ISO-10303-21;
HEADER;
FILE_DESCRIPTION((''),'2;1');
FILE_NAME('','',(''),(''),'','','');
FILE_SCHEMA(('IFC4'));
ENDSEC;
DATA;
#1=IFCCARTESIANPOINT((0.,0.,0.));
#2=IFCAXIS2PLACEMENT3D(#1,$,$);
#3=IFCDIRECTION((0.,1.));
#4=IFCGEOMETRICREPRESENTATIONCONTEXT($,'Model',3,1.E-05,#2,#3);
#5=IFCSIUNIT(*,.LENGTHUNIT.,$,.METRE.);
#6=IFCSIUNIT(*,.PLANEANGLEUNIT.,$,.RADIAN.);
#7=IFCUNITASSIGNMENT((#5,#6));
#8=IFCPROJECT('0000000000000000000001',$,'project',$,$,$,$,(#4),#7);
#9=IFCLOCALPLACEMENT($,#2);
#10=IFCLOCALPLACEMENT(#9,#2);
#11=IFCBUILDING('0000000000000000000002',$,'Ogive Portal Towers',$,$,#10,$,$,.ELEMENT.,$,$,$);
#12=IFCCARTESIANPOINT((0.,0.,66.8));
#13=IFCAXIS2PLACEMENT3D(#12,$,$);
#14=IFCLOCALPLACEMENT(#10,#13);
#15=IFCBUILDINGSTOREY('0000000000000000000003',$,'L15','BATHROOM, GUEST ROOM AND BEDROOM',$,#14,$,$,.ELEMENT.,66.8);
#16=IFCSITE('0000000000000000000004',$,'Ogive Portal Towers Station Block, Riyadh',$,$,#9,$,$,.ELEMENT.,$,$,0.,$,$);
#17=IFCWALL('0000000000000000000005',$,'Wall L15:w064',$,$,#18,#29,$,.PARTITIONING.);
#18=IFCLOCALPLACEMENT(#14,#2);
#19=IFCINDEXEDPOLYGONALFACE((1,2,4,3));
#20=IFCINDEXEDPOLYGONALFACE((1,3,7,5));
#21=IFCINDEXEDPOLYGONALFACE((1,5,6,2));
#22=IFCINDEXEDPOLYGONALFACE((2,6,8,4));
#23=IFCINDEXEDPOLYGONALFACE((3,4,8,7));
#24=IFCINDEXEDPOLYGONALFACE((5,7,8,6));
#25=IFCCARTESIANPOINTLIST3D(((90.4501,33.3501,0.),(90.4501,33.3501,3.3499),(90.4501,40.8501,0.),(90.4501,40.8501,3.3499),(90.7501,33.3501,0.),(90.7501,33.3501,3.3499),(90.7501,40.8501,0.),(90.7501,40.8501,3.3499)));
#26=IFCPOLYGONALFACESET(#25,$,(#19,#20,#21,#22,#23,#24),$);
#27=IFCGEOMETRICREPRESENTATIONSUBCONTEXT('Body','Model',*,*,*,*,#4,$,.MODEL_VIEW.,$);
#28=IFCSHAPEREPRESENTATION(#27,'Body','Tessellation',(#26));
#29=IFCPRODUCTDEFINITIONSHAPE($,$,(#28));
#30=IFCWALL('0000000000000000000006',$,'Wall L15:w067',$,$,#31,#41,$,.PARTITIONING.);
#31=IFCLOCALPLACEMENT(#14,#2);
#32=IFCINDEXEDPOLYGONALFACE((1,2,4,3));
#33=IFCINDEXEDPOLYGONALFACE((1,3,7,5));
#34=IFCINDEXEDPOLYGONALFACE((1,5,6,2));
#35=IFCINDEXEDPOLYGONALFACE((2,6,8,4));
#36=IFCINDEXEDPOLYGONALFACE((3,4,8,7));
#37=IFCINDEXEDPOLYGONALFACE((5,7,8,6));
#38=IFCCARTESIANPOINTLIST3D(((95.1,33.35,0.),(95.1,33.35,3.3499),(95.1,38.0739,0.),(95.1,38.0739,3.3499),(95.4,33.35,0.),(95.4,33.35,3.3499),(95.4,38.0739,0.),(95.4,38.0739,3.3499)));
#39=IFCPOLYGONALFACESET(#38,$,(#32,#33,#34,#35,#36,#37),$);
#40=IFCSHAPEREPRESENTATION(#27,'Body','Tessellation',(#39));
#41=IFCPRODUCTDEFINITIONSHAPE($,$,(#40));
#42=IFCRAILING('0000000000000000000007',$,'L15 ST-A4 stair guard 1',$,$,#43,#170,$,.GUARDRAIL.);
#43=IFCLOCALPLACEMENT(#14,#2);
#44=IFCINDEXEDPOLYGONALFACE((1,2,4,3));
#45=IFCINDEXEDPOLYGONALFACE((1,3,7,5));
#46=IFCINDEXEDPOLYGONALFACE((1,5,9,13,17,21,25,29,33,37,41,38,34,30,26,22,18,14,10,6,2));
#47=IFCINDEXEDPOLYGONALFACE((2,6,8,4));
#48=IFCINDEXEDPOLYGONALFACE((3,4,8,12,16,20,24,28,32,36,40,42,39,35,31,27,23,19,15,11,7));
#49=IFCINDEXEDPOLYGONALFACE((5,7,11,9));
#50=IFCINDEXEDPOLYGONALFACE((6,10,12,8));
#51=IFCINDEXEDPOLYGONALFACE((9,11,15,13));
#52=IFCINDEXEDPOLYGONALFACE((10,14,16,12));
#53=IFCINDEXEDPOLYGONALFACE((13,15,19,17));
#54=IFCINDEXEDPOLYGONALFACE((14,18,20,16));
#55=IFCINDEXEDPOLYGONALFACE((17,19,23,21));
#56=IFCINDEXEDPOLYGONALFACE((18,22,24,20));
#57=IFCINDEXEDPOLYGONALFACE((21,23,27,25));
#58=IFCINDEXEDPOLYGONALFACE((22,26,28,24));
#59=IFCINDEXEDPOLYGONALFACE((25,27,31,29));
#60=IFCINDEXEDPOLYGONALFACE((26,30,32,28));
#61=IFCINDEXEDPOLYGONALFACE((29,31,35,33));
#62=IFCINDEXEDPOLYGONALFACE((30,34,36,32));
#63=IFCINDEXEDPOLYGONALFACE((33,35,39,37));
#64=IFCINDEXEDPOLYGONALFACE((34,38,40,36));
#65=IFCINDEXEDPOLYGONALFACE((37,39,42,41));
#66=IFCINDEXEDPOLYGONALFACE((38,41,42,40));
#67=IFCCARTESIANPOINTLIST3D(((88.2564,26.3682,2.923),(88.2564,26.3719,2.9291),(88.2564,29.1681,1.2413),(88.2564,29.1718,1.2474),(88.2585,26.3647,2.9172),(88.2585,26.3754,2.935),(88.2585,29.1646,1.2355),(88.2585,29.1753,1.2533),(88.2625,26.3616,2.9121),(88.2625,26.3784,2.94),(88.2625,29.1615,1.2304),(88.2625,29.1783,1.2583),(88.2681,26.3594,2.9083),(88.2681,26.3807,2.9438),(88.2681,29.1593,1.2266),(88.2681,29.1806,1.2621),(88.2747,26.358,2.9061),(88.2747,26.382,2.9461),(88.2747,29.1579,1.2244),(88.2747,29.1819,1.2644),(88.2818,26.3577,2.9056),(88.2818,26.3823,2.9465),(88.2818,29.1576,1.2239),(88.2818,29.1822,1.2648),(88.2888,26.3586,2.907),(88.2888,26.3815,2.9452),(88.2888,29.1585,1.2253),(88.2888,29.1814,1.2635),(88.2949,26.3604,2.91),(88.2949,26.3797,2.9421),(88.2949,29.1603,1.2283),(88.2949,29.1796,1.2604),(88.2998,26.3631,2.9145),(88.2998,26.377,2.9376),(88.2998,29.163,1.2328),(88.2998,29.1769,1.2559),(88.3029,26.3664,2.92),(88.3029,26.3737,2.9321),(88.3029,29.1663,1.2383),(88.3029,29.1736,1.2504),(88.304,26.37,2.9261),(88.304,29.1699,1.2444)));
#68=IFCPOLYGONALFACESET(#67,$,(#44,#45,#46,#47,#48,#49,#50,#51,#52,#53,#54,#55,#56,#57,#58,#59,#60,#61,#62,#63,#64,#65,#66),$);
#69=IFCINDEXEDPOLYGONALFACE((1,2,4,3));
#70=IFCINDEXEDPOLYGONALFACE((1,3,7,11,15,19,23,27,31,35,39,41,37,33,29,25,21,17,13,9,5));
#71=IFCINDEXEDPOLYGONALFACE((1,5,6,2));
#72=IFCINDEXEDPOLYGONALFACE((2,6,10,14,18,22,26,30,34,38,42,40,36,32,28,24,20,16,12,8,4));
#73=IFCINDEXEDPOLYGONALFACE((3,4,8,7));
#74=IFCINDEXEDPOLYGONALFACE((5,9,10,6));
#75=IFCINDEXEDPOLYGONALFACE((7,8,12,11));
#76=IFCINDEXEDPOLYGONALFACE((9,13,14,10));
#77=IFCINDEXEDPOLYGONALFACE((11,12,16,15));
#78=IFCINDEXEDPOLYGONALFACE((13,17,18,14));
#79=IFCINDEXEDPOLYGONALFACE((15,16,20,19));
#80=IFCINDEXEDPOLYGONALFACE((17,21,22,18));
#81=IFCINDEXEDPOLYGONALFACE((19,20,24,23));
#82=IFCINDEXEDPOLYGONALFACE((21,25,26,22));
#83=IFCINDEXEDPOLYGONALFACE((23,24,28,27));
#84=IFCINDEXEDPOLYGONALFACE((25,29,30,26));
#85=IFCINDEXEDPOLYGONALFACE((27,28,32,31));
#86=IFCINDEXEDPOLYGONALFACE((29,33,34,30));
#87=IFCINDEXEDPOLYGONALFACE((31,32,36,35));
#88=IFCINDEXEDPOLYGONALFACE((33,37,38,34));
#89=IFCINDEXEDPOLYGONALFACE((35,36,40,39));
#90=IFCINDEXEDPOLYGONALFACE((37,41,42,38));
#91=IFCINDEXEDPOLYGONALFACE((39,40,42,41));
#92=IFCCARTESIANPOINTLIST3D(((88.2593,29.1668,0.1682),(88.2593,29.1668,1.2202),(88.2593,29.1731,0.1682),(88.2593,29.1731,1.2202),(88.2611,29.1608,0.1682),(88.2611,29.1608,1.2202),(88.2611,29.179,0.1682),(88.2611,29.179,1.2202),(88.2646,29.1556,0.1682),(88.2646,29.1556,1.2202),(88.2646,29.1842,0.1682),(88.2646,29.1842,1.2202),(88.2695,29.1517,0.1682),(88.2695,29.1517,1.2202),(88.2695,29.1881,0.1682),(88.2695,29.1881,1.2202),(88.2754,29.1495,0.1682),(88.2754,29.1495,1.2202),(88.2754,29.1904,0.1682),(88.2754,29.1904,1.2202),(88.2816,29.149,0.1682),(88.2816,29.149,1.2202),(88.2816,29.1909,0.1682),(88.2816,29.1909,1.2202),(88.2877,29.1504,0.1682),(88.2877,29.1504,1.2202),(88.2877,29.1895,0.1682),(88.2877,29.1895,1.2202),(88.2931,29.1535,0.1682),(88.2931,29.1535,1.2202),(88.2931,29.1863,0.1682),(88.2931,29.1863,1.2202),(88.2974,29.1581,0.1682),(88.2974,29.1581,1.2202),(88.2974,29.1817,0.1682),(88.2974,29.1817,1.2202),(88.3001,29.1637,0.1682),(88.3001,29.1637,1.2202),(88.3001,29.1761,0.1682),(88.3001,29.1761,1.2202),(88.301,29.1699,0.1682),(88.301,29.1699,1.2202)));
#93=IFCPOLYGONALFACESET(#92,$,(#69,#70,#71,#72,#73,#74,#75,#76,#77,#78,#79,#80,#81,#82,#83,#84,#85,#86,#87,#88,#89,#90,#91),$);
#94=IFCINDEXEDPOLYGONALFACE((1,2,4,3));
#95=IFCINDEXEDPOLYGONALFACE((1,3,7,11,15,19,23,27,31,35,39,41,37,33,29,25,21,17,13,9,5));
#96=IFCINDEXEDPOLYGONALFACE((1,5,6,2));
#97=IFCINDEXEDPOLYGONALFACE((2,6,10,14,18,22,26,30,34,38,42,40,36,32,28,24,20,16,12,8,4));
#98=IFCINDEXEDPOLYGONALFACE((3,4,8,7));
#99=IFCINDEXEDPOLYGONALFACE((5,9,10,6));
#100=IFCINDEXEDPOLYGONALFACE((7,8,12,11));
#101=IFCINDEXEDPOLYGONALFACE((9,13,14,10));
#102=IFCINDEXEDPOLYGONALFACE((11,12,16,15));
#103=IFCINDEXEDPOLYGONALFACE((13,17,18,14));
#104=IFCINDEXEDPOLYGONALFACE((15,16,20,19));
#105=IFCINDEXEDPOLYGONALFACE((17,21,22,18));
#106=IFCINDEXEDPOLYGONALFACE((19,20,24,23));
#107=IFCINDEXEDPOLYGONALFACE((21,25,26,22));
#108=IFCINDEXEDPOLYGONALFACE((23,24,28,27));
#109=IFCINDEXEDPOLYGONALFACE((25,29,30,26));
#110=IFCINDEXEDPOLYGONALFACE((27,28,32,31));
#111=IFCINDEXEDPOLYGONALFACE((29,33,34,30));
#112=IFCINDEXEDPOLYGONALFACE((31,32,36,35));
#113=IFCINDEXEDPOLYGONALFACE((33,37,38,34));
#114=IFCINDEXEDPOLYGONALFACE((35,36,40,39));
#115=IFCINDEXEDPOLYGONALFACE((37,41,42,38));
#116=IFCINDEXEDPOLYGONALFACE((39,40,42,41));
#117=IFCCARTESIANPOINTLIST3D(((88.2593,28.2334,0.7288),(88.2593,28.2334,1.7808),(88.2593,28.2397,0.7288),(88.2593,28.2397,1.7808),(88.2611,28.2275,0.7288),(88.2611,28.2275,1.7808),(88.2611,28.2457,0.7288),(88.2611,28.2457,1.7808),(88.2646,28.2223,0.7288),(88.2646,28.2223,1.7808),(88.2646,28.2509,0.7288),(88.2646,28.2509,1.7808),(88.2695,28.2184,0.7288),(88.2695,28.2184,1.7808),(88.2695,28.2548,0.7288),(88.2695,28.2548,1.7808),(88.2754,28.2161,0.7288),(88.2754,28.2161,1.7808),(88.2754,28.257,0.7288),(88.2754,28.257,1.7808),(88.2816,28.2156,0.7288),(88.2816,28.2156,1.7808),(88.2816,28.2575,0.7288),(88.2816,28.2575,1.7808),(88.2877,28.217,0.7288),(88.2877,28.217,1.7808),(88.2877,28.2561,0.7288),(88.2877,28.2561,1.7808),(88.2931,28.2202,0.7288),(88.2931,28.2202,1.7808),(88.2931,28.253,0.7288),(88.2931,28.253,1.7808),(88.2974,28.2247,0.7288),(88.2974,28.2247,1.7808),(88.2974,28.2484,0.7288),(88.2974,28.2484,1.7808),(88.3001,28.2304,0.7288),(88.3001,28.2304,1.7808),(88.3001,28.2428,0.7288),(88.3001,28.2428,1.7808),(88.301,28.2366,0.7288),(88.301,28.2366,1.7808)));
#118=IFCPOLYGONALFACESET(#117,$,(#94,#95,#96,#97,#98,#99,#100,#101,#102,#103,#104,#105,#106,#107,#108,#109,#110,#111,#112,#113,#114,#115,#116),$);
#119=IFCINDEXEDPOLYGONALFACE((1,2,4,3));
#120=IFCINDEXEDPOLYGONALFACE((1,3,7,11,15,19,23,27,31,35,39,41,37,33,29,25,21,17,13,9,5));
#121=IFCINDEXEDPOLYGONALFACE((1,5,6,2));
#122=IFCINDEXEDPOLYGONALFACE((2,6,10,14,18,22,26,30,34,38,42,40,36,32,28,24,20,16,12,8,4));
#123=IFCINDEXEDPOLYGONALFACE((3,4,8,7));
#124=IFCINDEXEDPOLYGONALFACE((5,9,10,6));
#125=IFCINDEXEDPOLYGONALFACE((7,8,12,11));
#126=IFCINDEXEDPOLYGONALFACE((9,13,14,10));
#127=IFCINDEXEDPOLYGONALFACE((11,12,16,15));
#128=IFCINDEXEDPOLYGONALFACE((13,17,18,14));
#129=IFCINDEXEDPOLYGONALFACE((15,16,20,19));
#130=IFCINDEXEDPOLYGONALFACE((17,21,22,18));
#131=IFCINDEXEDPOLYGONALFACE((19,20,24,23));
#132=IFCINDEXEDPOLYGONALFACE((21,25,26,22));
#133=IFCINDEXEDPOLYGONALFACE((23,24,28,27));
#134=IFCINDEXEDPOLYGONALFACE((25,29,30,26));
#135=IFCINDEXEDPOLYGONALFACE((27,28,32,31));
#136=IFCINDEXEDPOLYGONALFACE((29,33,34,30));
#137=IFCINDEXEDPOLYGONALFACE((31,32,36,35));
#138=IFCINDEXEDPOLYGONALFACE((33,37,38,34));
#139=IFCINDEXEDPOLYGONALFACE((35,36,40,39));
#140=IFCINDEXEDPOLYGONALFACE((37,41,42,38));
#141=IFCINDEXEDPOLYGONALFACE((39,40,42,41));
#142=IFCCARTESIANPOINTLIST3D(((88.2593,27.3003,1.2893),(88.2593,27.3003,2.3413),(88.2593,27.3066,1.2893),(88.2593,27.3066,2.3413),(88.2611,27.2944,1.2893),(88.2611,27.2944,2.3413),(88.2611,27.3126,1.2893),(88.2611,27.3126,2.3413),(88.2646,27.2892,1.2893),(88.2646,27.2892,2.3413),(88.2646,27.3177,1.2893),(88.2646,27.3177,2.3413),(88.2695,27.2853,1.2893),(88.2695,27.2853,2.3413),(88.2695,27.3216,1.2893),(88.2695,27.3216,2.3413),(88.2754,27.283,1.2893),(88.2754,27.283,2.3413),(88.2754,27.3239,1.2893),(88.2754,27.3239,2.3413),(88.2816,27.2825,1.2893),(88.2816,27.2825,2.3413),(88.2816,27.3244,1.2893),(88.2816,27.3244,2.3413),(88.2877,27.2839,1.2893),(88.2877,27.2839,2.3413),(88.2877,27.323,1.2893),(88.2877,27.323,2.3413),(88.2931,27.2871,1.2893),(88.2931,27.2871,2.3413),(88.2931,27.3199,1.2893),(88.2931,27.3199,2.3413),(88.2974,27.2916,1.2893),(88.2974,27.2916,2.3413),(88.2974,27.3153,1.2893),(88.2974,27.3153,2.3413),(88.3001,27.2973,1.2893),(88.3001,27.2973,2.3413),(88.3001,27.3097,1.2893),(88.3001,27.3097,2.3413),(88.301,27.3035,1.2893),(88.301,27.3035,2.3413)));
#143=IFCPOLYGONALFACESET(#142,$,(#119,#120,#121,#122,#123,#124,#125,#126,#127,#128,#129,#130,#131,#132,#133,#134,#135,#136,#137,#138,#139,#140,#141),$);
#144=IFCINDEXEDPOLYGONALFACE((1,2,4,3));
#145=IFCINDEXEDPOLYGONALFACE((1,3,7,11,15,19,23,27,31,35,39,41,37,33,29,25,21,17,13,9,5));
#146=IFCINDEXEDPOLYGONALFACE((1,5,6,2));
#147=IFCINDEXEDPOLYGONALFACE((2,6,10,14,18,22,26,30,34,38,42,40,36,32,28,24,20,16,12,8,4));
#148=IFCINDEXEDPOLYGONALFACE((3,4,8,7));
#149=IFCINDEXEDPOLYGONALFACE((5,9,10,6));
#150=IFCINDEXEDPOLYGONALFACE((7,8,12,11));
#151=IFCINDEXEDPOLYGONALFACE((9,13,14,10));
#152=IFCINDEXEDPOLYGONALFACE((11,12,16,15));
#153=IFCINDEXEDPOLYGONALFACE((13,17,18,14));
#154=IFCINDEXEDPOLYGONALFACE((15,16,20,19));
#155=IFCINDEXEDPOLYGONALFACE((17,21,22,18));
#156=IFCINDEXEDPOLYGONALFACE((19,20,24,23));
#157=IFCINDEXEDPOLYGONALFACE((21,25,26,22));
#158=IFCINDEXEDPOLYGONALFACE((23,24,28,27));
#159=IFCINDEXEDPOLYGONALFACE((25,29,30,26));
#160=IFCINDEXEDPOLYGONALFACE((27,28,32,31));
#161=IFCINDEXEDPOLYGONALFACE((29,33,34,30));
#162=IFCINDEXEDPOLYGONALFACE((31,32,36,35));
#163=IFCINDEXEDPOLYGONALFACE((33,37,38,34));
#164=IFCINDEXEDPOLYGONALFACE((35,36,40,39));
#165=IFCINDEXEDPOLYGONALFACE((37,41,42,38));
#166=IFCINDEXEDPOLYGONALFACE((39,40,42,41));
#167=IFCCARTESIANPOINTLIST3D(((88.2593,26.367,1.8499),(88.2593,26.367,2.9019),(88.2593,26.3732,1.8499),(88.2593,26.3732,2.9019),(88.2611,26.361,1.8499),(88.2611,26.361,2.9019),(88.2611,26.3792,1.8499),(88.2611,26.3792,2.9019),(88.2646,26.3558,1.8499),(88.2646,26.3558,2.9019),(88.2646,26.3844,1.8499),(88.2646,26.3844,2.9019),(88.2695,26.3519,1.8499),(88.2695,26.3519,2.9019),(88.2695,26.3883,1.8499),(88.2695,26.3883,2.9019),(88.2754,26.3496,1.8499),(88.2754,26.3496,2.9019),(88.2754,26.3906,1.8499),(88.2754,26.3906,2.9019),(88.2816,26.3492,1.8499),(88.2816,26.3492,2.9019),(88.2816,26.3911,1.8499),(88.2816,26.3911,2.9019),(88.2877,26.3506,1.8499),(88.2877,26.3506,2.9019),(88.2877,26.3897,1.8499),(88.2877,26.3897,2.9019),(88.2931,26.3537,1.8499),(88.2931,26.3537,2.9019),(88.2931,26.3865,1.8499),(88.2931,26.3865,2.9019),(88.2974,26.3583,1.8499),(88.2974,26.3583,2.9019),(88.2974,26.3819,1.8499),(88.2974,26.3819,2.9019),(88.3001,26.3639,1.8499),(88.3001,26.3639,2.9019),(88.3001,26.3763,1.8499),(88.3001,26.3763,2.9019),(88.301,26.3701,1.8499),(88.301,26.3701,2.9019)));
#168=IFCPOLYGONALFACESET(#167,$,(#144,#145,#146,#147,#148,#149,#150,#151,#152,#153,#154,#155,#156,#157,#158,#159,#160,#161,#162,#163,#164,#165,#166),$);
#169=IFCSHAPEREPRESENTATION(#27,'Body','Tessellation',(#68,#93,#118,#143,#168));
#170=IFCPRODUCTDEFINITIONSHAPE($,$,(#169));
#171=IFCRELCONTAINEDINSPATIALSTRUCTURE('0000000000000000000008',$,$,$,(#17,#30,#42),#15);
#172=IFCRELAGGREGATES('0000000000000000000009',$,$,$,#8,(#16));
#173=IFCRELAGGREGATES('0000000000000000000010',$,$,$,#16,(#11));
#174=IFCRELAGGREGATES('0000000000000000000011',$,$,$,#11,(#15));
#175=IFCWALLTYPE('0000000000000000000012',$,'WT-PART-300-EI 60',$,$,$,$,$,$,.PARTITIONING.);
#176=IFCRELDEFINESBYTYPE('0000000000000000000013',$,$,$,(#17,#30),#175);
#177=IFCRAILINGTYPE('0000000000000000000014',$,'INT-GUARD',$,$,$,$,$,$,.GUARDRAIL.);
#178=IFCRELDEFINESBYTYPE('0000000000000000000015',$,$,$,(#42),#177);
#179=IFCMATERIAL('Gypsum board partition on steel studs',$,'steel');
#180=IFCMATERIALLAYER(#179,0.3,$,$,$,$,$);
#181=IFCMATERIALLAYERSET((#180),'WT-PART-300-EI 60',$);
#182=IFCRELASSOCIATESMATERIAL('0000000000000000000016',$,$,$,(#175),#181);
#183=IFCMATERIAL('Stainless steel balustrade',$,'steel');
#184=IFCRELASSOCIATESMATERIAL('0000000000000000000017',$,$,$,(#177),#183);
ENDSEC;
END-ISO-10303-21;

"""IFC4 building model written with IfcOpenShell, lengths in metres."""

from ifc_helpers import new_model, si_unit, direction, frame, frame_2d, origin, origin_2d, place, context, subcontext, project, spatial, rectangle, circle, extrude, material, layer, layer_set, type_object, element, save


model = new_model("IFC4")

# Units and contexts
model_context = context("Model", 3, precision=1e-05, world=origin(), true_north=direction((0.0, 1.0)))
body_context = subcontext(model_context, "Body", "Model", "MODEL_VIEW")
ifc_project = project(units=[si_unit("LENGTHUNIT", "METRE"), si_unit("PLANEANGLEUNIT", "RADIAN")], contexts=[model_context])

# Site, building, storey
site_placement = place(None, origin())
site = spatial("IfcSite", under=ifc_project, at=site_placement, Name="Ogive Portal Towers Station Block, Riyadh", CompositionType="ELEMENT", RefElevation=0.0)
building_placement = place(site_placement, origin())
building = spatial("IfcBuilding", under=site, at=building_placement, Name="Ogive Portal Towers", CompositionType="ELEMENT")
storey_placement = place(building_placement, frame((0.0, 0.0, 66.8)))
storey = spatial("IfcBuildingStorey", under=building, at=storey_placement, Name="L15", Description="BATHROOM, GUEST ROOM AND BEDROOM", CompositionType="ELEMENT", Elevation=66.8)

# Shared definitions
ifc_material_1 = material(Name="Gypsum board partition on steel studs", Category="steel")

# Walls
ifc_layer_1 = layer(ifc_material_1, 0.3)
ifc_layer_set_1 = layer_set([ifc_layer_1], Name="WT-PART-300-EI 60")
wall_type_1 = type_object("IfcWallType", Name="WT-PART-300-EI 60", PredefinedType="PARTITIONING", material=ifc_layer_set_1)
wall_1_placement = place(storey_placement, frame((90.6001, 33.3501, 0.0), z_axis=(0.0, 0.0, 1.0), x_axis=(0.0, 1.0, 0.0)))
element("IfcWall", 1, at=wall_1_placement, inside=storey, type_object=wall_type_1, Name="Wall L15:w064", PredefinedType="PARTITIONING", context=body_context, shape_type="SweptSolid", body=[
    extrude(rectangle(XDim=7.5, YDim=0.3, at=frame_2d((3.75, 0.0))), origin(), (0.0, 0.0, 1.0), 3.3499),
])
wall_2_placement = place(storey_placement, frame((95.25, 33.3501, 0.0), z_axis=(0.0, 0.0, 1.0), x_axis=(0.0, 1.0, 0.0)))
element("IfcWall", 2, at=wall_2_placement, inside=storey, type_object=wall_type_1, Name="Wall L15:w067", PredefinedType="PARTITIONING", context=body_context, shape_type="SweptSolid", body=[
    extrude(rectangle(XDim=4.7239, YDim=0.3, at=frame_2d((2.3618, 0.0))), origin(), (0.0, 0.0, 1.0), 3.3499),
])

# Railing
ifc_material_2 = material(Name="Stainless steel balustrade", Category="steel")
railing_type = type_object("IfcRailingType", Name="INT-GUARD", PredefinedType="GUARDRAIL", material=ifc_material_2)
railing_1_placement = place(storey_placement, frame((88.28, 29.1699, 0.1682)))
element("IfcRailing", 3, at=railing_1_placement, inside=storey, type_object=railing_type, Name="L15 ST-A4 stair guard 1", PredefinedType="GUARDRAIL", context=body_context, shape_type="SweptSolid", body=[
    extrude(circle(Radius=0.0239, at=origin_2d()), frame((0.0, 0.0, 1.0762), z_axis=(0.0, -0.857255, 0.514891), x_axis=(1.0, 0.0, 0.0)), (0.0, 0.0, 1.0), 3.2661),
    extrude(circle(Radius=0.021, at=origin_2d()), origin(), (0.0, 0.0, 1.0), 1.052),
    extrude(circle(Radius=0.021, at=origin_2d()), frame((0.0, -0.9333, 0.5605)), (0.0, 0.0, 1.0), 1.052),
    extrude(circle(Radius=0.021, at=origin_2d()), frame((0.0, -1.8665, 1.1211)), (0.0, 0.0, 1.0), 1.052),
    extrude(circle(Radius=0.021, at=origin_2d()), frame((0.0, -2.7998, 1.6816)), (0.0, 0.0, 1.0), 1.052),
])

save(model, "model.ifc")
